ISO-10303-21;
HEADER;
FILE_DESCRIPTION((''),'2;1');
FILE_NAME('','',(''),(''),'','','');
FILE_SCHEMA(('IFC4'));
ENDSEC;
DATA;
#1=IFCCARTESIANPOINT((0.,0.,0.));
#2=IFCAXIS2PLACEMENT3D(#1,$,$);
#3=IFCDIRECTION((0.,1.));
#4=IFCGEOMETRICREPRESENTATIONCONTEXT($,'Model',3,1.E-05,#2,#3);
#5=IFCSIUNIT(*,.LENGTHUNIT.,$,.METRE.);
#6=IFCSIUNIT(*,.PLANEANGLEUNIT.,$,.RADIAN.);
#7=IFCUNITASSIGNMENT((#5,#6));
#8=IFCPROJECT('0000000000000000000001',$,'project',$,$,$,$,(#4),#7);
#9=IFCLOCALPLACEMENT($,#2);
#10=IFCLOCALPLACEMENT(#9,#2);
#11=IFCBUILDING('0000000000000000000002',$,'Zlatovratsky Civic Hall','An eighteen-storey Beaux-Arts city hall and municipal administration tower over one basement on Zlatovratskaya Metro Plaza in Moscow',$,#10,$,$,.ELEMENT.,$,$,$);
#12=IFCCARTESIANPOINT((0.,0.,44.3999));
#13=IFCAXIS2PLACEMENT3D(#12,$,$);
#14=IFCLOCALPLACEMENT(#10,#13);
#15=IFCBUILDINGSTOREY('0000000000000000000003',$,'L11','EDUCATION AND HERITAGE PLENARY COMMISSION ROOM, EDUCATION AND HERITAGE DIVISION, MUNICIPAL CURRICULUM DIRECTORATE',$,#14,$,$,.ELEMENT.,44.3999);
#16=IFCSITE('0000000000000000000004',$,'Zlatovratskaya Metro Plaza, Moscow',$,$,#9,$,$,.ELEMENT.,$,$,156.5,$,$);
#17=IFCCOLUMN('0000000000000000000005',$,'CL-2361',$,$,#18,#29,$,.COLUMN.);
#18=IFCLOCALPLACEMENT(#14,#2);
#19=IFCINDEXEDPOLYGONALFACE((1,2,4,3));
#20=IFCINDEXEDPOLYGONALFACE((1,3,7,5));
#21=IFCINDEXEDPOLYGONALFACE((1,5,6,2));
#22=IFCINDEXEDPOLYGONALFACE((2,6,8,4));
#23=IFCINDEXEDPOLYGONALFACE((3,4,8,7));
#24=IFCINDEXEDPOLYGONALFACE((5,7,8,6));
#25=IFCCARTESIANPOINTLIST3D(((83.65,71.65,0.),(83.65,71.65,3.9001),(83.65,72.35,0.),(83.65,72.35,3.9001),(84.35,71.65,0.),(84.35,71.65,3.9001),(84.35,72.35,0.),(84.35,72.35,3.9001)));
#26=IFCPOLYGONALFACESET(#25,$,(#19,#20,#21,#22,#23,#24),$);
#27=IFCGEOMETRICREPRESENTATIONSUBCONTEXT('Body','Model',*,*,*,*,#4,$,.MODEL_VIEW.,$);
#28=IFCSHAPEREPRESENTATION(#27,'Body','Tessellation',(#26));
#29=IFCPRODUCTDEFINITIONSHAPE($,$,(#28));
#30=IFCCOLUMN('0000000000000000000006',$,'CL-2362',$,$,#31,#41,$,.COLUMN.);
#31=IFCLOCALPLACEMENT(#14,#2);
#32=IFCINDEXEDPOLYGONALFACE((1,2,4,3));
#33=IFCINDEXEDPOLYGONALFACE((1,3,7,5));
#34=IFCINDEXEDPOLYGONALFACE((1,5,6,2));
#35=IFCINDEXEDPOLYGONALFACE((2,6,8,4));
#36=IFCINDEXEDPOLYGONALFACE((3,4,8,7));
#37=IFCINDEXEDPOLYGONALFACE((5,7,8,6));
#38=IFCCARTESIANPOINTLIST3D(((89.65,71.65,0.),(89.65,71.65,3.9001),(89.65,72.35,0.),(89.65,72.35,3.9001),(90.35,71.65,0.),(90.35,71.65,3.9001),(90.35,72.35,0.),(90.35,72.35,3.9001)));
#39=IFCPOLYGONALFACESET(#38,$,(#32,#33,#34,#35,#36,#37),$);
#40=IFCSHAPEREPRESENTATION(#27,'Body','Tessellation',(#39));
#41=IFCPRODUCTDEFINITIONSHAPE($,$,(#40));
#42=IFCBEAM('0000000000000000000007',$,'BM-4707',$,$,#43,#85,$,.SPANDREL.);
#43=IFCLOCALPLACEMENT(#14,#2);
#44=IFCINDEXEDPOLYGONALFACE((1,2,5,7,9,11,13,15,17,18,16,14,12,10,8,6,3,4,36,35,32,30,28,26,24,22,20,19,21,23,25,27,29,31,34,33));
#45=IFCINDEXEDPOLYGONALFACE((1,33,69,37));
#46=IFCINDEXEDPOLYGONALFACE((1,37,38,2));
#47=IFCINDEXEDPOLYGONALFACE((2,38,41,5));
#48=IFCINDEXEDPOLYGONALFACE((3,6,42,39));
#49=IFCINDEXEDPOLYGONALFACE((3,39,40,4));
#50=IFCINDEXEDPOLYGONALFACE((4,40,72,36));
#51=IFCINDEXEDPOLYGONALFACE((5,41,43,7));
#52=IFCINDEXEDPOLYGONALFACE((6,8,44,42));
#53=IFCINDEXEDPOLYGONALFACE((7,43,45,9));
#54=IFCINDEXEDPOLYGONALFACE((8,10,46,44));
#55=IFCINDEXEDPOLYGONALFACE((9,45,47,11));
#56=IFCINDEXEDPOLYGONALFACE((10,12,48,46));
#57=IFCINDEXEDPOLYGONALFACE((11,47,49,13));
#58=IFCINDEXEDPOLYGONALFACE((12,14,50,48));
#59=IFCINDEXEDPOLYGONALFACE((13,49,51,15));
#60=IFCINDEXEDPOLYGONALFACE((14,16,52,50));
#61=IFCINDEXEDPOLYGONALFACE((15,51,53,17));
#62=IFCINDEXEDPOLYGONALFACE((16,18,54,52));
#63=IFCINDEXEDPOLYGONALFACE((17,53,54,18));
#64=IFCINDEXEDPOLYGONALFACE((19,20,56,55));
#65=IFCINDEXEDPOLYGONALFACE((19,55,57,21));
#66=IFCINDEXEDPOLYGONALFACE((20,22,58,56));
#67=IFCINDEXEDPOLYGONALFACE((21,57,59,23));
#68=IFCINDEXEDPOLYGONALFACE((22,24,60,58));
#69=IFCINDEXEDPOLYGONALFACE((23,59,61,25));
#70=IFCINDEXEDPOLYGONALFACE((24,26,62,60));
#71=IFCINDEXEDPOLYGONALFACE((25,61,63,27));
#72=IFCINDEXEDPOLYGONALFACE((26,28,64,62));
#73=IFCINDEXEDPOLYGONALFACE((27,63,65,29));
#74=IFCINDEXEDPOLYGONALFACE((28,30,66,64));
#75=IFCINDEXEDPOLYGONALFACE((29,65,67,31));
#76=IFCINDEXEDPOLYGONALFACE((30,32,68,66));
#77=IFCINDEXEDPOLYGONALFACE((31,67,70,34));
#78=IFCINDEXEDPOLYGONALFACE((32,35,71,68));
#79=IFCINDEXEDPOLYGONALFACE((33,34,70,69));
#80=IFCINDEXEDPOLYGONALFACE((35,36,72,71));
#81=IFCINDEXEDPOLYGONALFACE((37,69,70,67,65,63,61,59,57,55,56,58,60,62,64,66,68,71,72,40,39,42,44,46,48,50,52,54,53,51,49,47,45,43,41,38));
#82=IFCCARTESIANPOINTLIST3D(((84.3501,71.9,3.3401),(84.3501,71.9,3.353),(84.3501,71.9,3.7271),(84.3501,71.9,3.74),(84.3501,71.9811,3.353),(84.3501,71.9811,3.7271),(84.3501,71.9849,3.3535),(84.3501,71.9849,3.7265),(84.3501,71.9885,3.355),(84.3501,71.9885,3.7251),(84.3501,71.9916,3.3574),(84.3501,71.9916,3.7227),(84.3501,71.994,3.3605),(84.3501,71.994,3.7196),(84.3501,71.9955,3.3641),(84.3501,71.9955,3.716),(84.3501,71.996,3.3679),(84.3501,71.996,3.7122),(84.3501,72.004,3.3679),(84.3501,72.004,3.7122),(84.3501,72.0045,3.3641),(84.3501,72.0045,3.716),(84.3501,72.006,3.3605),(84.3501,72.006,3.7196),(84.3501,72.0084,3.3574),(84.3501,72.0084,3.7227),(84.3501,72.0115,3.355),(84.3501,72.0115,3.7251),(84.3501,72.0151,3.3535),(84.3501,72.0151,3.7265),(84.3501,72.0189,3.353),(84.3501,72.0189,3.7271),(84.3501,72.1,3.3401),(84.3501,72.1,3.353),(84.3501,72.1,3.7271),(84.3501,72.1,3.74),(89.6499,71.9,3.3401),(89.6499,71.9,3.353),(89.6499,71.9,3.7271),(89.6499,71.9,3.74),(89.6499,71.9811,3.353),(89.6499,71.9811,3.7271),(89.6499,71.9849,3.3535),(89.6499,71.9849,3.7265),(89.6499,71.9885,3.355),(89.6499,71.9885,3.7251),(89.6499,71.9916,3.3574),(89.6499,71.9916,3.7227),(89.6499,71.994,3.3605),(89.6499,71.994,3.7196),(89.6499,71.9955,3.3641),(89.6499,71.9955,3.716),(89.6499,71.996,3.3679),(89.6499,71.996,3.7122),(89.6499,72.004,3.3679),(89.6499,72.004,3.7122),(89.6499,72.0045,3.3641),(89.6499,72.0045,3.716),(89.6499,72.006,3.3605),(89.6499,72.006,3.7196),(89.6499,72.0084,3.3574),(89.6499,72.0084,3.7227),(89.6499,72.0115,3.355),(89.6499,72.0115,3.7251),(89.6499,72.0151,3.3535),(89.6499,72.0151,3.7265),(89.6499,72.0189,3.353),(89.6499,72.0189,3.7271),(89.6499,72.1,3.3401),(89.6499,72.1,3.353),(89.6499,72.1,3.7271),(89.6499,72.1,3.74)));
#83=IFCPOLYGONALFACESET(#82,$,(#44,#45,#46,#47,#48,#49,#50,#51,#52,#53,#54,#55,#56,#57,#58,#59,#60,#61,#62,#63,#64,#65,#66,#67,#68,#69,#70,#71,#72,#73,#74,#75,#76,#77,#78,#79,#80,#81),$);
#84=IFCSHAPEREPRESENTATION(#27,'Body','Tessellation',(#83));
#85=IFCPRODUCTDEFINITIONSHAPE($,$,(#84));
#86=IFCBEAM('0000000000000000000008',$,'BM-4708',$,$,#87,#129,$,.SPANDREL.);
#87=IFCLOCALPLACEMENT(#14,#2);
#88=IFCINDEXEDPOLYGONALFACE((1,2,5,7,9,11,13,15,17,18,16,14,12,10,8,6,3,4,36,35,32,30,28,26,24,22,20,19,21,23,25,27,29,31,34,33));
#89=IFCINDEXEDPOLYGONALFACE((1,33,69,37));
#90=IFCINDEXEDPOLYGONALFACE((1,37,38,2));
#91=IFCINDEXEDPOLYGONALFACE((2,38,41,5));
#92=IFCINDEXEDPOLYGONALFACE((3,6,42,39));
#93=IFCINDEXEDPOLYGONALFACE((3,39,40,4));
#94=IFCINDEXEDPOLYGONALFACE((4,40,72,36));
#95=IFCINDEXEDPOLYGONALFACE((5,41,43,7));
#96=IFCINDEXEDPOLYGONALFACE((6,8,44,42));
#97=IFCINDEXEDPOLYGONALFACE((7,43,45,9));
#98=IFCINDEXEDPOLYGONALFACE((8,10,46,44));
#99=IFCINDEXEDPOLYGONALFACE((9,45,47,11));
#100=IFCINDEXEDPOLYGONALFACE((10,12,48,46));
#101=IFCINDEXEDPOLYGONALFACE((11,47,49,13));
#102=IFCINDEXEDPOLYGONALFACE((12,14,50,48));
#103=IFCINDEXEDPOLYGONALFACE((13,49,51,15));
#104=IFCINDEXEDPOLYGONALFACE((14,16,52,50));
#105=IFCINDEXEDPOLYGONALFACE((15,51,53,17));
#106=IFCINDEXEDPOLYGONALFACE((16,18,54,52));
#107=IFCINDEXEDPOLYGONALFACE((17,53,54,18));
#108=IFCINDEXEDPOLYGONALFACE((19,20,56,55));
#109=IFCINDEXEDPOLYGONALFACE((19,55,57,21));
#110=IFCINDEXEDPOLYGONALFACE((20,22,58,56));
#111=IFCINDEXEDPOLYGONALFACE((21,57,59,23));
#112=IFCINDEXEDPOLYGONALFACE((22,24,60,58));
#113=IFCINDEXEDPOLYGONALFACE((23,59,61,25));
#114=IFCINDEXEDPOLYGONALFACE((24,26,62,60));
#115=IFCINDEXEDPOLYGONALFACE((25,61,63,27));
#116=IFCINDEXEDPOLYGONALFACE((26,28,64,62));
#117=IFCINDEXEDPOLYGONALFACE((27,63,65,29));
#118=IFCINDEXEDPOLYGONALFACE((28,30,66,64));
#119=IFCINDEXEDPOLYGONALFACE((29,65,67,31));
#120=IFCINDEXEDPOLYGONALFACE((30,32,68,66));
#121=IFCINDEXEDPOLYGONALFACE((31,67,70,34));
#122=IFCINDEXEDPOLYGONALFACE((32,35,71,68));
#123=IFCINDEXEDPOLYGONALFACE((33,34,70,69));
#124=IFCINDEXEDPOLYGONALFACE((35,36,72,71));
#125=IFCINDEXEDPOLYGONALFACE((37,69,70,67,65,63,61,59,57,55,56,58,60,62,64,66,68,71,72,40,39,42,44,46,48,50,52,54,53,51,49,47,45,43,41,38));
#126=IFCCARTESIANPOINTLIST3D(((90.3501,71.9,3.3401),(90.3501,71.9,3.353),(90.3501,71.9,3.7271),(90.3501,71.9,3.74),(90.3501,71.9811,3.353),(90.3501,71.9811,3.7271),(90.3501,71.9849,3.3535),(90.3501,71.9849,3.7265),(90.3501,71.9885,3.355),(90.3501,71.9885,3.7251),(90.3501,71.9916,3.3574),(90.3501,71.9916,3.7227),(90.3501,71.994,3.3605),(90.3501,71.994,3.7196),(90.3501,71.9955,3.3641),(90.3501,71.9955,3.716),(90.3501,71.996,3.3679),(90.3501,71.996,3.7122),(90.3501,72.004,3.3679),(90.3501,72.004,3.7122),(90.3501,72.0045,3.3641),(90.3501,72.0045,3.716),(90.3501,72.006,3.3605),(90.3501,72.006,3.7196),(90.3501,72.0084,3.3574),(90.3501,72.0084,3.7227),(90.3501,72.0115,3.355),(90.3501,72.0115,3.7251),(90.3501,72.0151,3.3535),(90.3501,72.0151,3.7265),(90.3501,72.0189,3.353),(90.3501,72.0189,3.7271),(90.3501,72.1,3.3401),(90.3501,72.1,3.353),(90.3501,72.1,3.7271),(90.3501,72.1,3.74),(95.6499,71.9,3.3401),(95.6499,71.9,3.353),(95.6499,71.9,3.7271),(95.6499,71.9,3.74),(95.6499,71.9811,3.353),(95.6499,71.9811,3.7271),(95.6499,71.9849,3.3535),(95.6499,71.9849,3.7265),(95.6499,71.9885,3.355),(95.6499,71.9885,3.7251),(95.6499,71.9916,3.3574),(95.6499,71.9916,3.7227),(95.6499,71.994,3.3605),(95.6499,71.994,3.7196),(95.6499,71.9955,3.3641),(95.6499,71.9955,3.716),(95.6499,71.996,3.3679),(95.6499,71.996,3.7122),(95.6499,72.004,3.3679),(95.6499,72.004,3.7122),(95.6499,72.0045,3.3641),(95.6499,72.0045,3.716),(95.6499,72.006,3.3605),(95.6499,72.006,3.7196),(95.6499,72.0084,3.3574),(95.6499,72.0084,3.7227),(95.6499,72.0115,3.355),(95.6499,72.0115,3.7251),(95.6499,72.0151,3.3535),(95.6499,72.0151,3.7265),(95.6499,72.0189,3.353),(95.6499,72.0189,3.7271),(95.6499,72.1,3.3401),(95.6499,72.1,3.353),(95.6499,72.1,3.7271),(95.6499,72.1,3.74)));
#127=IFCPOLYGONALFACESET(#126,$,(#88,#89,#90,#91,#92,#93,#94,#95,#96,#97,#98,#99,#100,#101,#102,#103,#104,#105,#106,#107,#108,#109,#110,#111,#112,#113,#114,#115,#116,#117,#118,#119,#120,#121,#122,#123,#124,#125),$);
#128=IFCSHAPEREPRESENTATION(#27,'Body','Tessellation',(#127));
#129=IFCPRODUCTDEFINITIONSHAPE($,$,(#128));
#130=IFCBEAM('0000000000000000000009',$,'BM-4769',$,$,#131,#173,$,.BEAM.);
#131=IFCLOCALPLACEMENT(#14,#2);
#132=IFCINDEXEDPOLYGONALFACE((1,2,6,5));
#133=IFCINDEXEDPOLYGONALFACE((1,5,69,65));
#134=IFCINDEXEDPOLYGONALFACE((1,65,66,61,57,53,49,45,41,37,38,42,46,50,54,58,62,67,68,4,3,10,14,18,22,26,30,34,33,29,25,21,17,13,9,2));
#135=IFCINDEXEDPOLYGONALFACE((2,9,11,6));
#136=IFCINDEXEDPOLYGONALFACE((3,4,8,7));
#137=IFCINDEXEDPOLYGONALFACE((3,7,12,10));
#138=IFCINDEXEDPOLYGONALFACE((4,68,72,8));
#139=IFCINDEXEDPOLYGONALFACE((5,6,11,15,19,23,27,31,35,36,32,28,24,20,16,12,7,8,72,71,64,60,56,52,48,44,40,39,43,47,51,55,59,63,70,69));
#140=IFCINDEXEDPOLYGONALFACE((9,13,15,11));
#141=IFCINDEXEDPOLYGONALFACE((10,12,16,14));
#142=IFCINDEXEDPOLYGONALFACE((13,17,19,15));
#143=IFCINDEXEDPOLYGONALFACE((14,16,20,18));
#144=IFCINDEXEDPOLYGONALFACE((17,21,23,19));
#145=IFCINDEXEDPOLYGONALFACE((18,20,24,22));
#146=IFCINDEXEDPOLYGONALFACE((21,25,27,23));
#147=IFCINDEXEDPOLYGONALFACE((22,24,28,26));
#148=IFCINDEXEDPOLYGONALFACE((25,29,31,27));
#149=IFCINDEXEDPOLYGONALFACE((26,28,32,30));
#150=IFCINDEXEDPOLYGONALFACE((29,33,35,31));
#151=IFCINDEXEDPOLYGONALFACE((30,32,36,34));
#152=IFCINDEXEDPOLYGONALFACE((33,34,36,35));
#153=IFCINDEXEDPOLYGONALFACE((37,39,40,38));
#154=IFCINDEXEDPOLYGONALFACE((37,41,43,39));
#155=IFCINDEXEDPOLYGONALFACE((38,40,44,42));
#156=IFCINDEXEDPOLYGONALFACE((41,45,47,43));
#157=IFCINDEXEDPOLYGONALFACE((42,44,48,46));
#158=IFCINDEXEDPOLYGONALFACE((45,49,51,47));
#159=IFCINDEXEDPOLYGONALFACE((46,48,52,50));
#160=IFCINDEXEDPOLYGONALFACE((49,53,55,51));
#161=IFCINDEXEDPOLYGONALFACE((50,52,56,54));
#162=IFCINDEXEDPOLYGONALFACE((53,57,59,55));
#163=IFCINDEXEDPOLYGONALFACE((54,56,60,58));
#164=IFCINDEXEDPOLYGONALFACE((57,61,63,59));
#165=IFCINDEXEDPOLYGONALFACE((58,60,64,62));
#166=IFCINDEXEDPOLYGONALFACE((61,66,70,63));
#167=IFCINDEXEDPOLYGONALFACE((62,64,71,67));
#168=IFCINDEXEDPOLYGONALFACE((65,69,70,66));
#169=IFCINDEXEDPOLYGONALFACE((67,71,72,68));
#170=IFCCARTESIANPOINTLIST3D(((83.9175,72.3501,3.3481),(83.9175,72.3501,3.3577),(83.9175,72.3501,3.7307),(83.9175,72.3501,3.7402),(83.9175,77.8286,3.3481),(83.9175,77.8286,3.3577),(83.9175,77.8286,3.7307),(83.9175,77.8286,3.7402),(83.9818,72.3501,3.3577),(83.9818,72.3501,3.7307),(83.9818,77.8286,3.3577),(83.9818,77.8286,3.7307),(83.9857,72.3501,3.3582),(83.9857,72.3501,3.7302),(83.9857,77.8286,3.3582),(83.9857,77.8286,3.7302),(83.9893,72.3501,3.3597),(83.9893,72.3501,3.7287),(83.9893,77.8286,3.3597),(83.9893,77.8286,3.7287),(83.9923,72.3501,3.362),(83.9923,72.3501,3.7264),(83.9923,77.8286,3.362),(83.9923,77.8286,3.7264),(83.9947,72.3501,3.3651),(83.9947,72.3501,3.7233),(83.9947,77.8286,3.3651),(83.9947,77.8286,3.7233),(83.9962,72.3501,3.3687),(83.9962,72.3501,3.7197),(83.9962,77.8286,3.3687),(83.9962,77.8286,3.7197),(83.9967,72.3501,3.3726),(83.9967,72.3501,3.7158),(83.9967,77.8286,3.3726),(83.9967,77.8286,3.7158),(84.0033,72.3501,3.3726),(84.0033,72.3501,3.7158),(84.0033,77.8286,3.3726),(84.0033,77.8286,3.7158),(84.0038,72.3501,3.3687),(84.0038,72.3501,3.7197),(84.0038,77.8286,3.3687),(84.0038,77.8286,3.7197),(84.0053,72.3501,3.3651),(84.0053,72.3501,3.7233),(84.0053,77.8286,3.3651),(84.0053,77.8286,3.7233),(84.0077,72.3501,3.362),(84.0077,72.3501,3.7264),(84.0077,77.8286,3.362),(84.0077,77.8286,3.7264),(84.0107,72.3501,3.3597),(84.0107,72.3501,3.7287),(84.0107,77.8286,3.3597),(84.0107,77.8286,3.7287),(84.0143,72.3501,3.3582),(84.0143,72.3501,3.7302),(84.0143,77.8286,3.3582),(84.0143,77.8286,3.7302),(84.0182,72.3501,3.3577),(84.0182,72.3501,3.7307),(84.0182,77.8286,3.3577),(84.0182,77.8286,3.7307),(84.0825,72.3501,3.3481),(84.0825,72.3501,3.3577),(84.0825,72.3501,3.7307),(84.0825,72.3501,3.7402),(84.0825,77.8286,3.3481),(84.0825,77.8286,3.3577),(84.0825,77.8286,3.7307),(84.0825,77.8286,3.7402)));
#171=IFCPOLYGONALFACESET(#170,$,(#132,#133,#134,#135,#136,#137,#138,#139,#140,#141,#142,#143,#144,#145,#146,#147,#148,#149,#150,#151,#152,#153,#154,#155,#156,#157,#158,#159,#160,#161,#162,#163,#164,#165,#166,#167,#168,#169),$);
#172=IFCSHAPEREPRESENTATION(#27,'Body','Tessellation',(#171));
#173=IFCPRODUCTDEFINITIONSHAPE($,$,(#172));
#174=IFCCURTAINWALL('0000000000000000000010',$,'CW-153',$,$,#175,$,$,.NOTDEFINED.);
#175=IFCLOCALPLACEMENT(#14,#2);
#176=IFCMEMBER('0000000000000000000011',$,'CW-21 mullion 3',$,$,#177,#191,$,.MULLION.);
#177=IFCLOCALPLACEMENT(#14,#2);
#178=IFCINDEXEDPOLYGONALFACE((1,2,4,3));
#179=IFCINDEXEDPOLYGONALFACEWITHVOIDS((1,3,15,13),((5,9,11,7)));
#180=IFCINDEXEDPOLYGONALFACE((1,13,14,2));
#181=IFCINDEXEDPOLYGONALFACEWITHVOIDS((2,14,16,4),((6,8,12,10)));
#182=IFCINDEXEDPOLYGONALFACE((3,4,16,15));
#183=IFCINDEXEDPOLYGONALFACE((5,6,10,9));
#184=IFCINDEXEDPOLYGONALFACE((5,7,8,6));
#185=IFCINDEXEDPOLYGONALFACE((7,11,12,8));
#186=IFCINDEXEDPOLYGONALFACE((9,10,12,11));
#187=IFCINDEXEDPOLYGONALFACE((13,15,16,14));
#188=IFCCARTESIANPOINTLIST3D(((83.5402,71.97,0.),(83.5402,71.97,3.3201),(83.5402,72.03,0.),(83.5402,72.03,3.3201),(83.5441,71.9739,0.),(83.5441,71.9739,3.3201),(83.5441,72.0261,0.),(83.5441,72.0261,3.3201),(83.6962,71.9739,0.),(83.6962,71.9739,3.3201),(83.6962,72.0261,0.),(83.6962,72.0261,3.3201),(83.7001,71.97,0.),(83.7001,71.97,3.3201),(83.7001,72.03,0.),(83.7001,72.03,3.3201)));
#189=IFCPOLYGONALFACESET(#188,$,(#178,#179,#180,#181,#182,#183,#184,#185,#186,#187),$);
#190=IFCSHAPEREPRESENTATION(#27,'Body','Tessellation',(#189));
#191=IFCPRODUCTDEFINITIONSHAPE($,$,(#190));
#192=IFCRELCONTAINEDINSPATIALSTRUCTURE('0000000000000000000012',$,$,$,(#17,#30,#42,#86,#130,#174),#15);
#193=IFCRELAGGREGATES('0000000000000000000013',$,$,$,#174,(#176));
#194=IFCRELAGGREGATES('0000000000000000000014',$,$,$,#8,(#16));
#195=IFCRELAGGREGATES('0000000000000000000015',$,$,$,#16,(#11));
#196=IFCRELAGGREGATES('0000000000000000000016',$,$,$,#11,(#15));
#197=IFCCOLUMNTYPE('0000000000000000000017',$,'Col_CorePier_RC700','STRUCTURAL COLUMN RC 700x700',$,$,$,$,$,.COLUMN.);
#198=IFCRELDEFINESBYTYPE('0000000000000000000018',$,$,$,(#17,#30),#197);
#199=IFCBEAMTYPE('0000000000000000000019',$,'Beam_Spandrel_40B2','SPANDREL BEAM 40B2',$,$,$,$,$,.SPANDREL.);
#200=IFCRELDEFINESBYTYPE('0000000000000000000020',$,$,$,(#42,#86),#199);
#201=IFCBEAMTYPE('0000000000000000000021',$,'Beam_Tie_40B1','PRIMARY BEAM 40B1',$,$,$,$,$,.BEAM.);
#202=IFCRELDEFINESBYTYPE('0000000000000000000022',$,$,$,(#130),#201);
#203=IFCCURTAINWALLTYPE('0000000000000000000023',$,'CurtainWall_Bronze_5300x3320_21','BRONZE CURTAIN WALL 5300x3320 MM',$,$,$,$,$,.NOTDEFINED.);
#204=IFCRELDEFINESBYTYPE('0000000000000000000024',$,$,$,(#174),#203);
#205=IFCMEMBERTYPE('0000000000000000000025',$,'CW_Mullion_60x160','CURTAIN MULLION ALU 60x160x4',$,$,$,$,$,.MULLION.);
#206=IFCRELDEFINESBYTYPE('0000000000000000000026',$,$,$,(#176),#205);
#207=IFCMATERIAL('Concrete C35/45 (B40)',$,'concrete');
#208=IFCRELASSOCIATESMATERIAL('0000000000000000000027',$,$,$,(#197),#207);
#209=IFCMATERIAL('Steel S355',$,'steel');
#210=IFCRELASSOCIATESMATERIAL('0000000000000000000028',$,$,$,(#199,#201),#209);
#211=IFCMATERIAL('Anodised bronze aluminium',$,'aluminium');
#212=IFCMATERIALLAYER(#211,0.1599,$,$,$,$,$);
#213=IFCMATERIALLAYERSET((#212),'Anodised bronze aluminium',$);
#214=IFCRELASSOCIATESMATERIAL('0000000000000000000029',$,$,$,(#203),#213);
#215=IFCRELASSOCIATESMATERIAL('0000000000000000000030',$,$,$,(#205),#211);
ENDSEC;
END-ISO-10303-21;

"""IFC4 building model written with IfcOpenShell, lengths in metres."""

from ifc_helpers import new_model, si_unit, direction, frame, origin, origin_2d, place, context, subcontext, project, spatial, rectangle, hollow_rectangle, i_section, extrude, material, layer, layer_set, material_profile, profile_set, type_object, element, aggregate, save


model = new_model("IFC4")

# Units and contexts
model_context = context("Model", 3, precision=1e-05, world=origin(), true_north=direction((0.0, 1.0)))
body_context = subcontext(model_context, "Body", "Model", "MODEL_VIEW")
ifc_project = project(units=[si_unit("LENGTHUNIT", "METRE"), si_unit("PLANEANGLEUNIT", "RADIAN")], contexts=[model_context])

# Site, building, storey
site_placement = place(None, origin())
site = spatial("IfcSite", under=ifc_project, at=site_placement, Name="Zlatovratskaya Metro Plaza, Moscow", CompositionType="ELEMENT", RefElevation=156.5)
building_placement = place(site_placement, origin())
building = spatial("IfcBuilding", under=site, at=building_placement, Name="Zlatovratsky Civic Hall", Description="An eighteen-storey Beaux-Arts city hall and municipal administration tower over one basement on Zlatovratskaya Metro Plaza in Moscow", CompositionType="ELEMENT")
storey_placement = place(building_placement, frame((0.0, 0.0, 44.3999)))
storey = spatial("IfcBuildingStorey", under=building, at=storey_placement, Name="L11", Description="EDUCATION AND HERITAGE PLENARY COMMISSION ROOM, EDUCATION AND HERITAGE DIVISION, MUNICIPAL CURRICULUM DIRECTORATE", CompositionType="ELEMENT", Elevation=44.3999)

# Columns
ifc_material_1 = material(Name="Concrete C35/45 (B40)", Category="concrete")
ifc_material_profile_1 = material_profile(ifc_material_1, rectangle(XDim=0.7, YDim=0.7, at=origin_2d()), Name="RC 700x700")
ifc_profile_set_1 = profile_set([ifc_material_profile_1], Name="Concrete C35/45 (B40)")
column_type = type_object("IfcColumnType", Name="Col_CorePier_RC700", Description="STRUCTURAL COLUMN RC 700x700", PredefinedType="COLUMN", material=ifc_profile_set_1)
for number, where, z_axis, x_axis, name in (
    (1, (84.0, 72.0, 0.0), (0.0, 0.0, 1.0), (1.0, 0.0, 0.0), "CL-2361"),
    (2, (90.0, 72.0, 0.0), (0.0, 0.0, 1.0), (1.0, 0.0, 0.0), "CL-2362"),
):
    element("IfcColumn", number, at=place(storey_placement, frame(where, z_axis=z_axis, x_axis=x_axis)), inside=storey, type_object=column_type, Name=name, PredefinedType="COLUMN", context=body_context, shape_type="SweptSolid", body=[
        extrude(rectangle(XDim=0.7, YDim=0.7, at=origin_2d()), origin(), (0.0, 0.0, 1.0), 3.9001),
    ])

# Beams
ifc_material_2 = material(Name="Steel S355", Category="steel")
ifc_material_profile_2 = material_profile(ifc_material_2, i_section(OverallWidth=0.2, OverallDepth=0.3999, WebThickness=0.0081, FlangeThickness=0.0129, FilletRadius=0.0149, at=origin_2d()), Name="40B2")
ifc_profile_set_2 = profile_set([ifc_material_profile_2], Name="Steel S355")
beam_type_1 = type_object("IfcBeamType", Name="Beam_Spandrel_40B2", Description="SPANDREL BEAM 40B2", PredefinedType="SPANDREL", material=ifc_profile_set_2)
for number, where, z_axis, x_axis, name in (
    (3, (84.3501, 72.0, 3.54), (1.0, 0.0, 0.0), (0.0, 1.0, 0.0), "BM-4707"),
    (4, (90.3501, 72.0, 3.54), (1.0, 0.0, 0.0), (0.0, 1.0, 0.0), "BM-4708"),
):
    element("IfcBeam", number, at=place(storey_placement, frame(where, z_axis=z_axis, x_axis=x_axis)), inside=storey, type_object=beam_type_1, Name=name, PredefinedType="SPANDREL", context=body_context, shape_type="SweptSolid", body=[
        extrude(i_section(OverallWidth=0.2, OverallDepth=0.3999, WebThickness=0.0081, FlangeThickness=0.0129, FilletRadius=0.0149, at=origin_2d()), origin(), (0.0, 0.0, 1.0), 5.2998),
    ])
ifc_material_profile_3 = material_profile(ifc_material_2, i_section(OverallWidth=0.165, OverallDepth=0.3921, WebThickness=0.0066, FlangeThickness=0.0095, FilletRadius=0.0149, at=origin_2d()), Name="40B1")
ifc_profile_set_3 = profile_set([ifc_material_profile_3], Name="Steel S355")
beam_type_2 = type_object("IfcBeamType", Name="Beam_Tie_40B1", Description="PRIMARY BEAM 40B1", PredefinedType="BEAM", material=ifc_profile_set_3)
beam_placement = place(storey_placement, frame((84.0, 72.3501, 3.5442), z_axis=(0.0, 1.0, 0.0), x_axis=(-1.0, 0.0, 0.0)))
element("IfcBeam", 5, at=beam_placement, inside=storey, type_object=beam_type_2, Name="BM-4769", PredefinedType="BEAM", context=body_context, shape_type="SweptSolid", body=[
    extrude(i_section(OverallWidth=0.165, OverallDepth=0.3921, WebThickness=0.0066, FlangeThickness=0.0095, FilletRadius=0.0149, at=origin_2d()), origin(), (0.0, 0.0, 1.0), 5.4785),
])

# Curtain wall, member
ifc_material_3 = material(Name="Anodised bronze aluminium", Category="aluminium")
ifc_layer_1 = layer(ifc_material_3, 0.1599)
ifc_layer_set_1 = layer_set([ifc_layer_1], Name="Anodised bronze aluminium")
curtain_wall_type = type_object("IfcCurtainWallType", Name="CurtainWall_Bronze_5300x3320_21", Description="BRONZE CURTAIN WALL 5300x3320 MM", PredefinedType="NOTDEFINED", material=ifc_layer_set_1)
curtain_wall_1_placement = place(storey_placement, origin())
curtain_wall_1 = element("IfcCurtainWall", 6, at=curtain_wall_1_placement, inside=storey, type_object=curtain_wall_type, Name="CW-153", PredefinedType="NOTDEFINED")
ifc_material_profile_4 = material_profile(ifc_material_3, hollow_rectangle(XDim=0.0601, YDim=0.1599, WallThickness=0.0039, at=origin_2d()), Name="ALU 60x160x4")
ifc_profile_set_4 = profile_set([ifc_material_profile_4], Name="Anodised bronze aluminium")
member_type_1 = type_object("IfcMemberType", Name="CW_Mullion_60x160", Description="CURTAIN MULLION ALU 60x160x4", PredefinedType="MULLION", material=ifc_profile_set_4)
member_1_placement = place(storey_placement, frame((83.6201, 72.0, 0.0), z_axis=(0.0, 0.0, 1.0), x_axis=(0.0, 1.0, 0.0)))
member_1 = element("IfcMember", 7, at=member_1_placement, type_object=member_type_1, Name="CW-21 mullion 3", PredefinedType="MULLION", context=body_context, shape_type="SweptSolid", body=[
    extrude(hollow_rectangle(XDim=0.0601, YDim=0.1599, WallThickness=0.0039, at=origin_2d()), origin(), (0.0, 0.0, 1.0), 3.3201),
])
aggregate(curtain_wall_1, [member_1])

save(model, "model.ifc")
